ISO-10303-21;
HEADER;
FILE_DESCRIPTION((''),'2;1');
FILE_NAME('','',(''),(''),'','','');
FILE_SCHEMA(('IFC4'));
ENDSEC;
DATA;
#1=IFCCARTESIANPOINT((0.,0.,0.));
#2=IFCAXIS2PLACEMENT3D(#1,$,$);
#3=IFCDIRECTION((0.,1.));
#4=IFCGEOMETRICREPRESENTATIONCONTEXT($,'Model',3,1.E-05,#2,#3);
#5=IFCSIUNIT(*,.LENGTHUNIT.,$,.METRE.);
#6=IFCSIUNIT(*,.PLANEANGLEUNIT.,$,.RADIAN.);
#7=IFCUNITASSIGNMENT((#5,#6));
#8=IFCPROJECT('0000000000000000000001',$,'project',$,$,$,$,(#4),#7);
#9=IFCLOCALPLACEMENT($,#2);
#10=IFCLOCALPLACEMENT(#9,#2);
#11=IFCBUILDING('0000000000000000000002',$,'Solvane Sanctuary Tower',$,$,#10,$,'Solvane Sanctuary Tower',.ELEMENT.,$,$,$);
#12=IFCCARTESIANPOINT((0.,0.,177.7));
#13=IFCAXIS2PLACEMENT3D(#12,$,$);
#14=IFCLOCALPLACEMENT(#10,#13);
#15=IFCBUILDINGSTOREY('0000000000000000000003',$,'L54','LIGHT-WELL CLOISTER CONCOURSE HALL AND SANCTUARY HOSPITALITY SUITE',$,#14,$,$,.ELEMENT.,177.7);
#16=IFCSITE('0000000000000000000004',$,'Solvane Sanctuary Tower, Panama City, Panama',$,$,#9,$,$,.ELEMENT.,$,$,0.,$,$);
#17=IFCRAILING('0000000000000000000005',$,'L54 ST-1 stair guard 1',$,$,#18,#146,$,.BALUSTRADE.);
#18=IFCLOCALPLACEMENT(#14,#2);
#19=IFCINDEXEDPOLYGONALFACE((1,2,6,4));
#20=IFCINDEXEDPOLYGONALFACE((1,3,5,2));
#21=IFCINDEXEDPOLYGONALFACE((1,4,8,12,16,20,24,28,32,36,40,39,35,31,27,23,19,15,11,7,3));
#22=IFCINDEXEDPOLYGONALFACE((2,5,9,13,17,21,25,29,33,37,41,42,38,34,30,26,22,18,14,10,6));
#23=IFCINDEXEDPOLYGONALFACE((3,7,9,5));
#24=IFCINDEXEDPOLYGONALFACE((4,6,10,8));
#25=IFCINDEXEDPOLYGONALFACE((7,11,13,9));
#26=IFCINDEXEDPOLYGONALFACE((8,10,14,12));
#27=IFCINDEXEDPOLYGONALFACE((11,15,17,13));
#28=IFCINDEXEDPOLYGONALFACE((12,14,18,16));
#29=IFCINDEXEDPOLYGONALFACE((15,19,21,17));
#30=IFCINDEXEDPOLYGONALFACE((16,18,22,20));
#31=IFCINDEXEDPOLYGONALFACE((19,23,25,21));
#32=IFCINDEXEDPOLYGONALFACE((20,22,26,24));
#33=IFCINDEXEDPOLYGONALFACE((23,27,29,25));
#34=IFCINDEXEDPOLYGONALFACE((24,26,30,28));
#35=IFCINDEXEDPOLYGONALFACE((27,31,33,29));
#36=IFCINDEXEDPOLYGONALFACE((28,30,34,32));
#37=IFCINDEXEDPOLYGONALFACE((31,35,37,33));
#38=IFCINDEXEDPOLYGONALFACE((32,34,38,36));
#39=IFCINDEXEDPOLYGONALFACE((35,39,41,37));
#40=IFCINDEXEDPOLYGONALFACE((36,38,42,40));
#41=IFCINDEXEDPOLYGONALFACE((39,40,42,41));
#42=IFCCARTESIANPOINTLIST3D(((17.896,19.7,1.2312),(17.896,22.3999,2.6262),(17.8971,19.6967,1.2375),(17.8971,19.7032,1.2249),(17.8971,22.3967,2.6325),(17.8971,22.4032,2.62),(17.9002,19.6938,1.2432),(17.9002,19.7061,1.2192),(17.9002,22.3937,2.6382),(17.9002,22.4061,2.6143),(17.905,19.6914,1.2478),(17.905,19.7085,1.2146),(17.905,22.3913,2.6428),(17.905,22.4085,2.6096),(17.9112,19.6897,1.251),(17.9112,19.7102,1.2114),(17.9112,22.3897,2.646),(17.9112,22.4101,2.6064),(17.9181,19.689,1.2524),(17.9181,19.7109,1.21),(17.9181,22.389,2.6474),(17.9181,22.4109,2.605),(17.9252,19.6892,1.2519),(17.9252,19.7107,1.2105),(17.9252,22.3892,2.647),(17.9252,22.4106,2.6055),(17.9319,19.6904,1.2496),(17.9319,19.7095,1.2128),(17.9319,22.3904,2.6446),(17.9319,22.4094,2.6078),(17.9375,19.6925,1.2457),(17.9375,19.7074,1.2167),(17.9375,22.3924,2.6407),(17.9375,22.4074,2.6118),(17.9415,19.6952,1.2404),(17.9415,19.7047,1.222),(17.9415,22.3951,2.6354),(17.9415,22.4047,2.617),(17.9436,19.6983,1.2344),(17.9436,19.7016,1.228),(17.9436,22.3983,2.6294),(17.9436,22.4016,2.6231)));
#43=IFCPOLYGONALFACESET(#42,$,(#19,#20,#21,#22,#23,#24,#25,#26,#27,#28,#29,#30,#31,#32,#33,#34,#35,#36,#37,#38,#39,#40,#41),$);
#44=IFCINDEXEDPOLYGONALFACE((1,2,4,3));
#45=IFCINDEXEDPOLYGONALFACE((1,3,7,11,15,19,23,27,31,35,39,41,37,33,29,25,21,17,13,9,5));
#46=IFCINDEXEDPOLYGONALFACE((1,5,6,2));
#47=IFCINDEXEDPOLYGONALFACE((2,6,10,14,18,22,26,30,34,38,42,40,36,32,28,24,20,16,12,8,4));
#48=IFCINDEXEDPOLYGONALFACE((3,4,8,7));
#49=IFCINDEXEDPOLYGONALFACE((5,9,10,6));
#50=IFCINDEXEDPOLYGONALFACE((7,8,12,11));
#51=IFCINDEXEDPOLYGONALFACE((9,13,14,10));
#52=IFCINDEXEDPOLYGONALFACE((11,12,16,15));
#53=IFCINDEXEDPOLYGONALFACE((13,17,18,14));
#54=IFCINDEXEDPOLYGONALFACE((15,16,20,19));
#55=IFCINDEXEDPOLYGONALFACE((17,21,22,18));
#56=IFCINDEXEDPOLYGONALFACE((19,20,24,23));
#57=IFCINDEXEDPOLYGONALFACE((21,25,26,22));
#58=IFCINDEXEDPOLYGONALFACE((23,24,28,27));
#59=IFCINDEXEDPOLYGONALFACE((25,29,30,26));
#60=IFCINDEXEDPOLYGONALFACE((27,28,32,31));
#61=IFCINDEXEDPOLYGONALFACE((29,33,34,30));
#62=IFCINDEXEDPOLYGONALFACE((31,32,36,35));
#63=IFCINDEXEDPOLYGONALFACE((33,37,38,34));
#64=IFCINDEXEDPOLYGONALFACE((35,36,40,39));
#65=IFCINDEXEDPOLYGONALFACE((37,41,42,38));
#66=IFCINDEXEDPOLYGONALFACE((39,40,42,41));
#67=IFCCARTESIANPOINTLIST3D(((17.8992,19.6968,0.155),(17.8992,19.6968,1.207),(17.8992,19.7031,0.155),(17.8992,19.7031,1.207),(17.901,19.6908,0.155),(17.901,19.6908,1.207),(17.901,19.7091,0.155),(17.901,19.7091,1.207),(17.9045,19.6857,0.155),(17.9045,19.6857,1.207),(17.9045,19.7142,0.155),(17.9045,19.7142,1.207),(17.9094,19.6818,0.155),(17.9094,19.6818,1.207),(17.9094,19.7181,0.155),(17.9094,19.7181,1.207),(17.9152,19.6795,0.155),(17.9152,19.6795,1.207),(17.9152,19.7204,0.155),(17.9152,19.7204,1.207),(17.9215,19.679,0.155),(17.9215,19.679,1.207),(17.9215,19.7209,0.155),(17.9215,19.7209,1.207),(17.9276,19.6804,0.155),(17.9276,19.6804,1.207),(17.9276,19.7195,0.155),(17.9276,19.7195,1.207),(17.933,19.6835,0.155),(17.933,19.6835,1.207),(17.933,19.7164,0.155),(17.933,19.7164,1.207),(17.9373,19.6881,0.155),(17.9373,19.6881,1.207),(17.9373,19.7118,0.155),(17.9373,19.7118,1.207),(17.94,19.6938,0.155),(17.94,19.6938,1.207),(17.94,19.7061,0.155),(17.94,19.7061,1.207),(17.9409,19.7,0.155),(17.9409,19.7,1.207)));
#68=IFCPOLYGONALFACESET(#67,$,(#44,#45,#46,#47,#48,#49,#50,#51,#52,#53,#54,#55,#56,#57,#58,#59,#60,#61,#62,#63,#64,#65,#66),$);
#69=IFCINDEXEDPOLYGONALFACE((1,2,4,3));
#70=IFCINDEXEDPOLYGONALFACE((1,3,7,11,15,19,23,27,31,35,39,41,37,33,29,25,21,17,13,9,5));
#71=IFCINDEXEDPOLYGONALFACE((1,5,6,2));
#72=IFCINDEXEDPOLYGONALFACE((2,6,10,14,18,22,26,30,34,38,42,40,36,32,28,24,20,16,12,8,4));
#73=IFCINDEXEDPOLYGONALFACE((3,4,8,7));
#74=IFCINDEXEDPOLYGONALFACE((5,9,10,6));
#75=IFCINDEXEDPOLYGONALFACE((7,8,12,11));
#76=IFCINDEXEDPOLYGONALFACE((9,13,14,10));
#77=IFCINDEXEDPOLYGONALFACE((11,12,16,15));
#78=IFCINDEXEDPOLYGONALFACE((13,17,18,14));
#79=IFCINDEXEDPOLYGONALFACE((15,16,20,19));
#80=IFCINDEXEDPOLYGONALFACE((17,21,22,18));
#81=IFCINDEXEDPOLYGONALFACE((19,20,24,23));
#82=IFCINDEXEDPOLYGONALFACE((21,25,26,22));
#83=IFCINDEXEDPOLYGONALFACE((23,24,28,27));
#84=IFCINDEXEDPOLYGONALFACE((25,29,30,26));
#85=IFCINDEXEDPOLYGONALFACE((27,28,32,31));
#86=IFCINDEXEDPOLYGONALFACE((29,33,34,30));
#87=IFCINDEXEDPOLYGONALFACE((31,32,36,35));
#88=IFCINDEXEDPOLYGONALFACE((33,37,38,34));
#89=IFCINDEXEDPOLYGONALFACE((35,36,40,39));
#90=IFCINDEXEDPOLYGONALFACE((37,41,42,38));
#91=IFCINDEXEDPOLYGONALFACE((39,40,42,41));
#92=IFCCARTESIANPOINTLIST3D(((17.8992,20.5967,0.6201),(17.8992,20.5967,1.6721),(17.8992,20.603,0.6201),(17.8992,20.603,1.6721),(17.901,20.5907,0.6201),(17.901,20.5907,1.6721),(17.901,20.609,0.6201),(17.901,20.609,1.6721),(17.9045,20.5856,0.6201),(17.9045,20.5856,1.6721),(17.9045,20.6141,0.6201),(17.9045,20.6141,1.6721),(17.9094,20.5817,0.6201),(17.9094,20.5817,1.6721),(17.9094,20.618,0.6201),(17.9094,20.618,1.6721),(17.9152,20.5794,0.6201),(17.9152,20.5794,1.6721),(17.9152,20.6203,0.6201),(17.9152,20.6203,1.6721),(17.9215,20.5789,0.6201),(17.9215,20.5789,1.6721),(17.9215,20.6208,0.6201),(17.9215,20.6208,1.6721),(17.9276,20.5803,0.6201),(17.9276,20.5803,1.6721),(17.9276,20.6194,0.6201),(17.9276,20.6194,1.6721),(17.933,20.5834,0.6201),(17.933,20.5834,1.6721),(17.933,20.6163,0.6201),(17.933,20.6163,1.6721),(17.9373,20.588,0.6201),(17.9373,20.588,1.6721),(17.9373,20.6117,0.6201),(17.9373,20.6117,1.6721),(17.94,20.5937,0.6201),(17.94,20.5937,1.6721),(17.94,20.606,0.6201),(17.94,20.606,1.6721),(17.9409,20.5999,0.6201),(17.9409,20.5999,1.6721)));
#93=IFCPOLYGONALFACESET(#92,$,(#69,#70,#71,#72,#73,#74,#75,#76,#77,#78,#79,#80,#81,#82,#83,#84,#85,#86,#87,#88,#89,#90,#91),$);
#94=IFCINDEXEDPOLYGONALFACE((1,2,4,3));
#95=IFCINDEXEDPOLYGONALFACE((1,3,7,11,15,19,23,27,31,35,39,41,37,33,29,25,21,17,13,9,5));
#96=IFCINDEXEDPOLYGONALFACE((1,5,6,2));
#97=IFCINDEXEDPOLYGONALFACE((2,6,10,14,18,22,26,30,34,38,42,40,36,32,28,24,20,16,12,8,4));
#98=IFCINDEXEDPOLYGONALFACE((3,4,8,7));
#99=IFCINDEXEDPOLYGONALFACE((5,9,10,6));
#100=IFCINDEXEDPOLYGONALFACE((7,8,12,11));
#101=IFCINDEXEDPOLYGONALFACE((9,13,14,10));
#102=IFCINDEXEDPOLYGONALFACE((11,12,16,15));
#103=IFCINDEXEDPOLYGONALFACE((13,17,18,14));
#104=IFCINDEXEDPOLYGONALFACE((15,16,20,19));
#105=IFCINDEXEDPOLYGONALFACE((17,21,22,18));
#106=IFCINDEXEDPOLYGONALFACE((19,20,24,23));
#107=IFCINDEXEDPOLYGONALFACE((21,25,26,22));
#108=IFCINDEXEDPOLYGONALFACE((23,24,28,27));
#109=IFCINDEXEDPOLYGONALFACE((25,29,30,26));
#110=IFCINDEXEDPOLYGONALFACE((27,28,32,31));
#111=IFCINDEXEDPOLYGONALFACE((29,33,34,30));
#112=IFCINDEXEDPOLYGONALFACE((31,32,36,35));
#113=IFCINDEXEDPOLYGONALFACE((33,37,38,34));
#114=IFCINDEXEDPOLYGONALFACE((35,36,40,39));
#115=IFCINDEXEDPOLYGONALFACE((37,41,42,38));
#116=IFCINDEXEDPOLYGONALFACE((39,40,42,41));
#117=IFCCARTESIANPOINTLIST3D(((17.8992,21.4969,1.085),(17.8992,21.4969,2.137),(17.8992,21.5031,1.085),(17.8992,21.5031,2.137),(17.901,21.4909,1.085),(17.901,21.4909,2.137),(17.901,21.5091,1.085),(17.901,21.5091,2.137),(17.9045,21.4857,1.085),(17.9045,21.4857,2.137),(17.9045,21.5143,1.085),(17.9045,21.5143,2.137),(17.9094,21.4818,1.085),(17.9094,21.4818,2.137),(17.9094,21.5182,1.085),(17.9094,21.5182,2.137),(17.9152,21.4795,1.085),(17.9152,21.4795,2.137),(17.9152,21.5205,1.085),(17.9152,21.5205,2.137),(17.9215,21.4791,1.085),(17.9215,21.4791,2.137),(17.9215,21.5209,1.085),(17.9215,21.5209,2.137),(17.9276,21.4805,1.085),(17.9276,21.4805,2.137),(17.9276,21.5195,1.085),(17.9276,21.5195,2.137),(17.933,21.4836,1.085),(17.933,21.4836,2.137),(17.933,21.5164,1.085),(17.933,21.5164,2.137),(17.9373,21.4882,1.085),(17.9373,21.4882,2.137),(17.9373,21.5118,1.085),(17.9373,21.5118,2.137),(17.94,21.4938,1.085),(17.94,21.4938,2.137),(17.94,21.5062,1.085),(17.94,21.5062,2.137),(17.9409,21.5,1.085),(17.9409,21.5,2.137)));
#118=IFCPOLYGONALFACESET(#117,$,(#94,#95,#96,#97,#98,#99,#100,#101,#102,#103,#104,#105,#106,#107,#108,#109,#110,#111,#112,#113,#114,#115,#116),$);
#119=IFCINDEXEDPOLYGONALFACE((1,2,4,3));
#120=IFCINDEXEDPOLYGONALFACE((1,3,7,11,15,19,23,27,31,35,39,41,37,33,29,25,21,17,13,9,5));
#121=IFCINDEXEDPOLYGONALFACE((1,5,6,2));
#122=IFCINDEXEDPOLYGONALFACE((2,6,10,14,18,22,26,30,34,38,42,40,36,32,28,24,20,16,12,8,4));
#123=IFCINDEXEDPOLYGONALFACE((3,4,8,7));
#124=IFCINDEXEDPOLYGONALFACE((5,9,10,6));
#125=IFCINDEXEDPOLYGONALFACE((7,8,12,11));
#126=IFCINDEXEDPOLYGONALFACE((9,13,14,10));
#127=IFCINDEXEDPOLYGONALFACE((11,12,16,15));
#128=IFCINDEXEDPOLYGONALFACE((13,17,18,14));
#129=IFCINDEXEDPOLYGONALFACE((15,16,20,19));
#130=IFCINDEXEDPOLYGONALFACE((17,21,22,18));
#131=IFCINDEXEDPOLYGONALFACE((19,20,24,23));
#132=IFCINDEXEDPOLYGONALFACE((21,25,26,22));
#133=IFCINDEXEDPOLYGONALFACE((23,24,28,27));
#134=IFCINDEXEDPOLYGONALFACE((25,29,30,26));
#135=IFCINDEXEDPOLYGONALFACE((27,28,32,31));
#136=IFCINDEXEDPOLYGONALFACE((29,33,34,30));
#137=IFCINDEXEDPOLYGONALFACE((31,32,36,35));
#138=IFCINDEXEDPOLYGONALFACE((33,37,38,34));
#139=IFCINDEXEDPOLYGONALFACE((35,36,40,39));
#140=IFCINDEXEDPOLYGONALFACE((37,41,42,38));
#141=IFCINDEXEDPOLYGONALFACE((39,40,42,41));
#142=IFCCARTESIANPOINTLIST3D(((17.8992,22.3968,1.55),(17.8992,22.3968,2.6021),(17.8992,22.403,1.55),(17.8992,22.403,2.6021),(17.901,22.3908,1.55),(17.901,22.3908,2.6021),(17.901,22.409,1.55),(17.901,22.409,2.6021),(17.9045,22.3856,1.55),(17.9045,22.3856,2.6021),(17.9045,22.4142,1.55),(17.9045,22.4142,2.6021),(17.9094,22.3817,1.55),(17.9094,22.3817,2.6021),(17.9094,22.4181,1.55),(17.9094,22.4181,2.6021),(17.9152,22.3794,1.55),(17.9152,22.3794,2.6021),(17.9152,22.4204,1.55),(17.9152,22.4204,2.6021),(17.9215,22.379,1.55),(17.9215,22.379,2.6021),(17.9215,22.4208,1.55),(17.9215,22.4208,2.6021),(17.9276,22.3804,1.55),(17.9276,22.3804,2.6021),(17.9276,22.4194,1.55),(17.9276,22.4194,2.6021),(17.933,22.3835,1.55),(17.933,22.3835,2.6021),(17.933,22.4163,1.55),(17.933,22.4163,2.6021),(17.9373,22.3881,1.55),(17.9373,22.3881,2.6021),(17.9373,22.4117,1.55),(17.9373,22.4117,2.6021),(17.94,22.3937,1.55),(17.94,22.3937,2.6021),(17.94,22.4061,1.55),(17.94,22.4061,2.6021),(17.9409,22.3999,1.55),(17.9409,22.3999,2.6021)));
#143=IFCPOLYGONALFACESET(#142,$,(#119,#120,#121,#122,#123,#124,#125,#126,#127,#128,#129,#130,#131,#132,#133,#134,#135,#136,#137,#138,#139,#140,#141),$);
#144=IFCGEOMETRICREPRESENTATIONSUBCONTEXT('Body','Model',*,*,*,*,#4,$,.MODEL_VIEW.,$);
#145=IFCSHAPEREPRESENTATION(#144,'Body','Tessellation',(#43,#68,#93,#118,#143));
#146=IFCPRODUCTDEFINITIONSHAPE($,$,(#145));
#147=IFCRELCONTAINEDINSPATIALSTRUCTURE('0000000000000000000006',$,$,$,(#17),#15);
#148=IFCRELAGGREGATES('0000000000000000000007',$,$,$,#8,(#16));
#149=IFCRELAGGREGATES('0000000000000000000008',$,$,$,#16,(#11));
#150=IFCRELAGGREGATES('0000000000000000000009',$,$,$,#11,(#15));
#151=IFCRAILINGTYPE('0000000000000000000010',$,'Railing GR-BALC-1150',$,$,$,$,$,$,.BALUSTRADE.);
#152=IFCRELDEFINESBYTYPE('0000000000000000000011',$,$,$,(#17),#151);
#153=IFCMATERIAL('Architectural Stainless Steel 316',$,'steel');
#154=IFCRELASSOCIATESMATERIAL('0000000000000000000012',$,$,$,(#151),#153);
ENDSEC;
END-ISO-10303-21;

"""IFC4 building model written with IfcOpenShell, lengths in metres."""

from ifc_helpers import new_model, si_unit, direction, frame, origin, origin_2d, place, context, subcontext, project, spatial, circle, extrude, material, type_object, element, save


model = new_model("IFC4")

# Units and contexts
model_context = context("Model", 3, precision=1e-05, world=origin(), true_north=direction((0.0, 1.0)))
body_context = subcontext(model_context, "Body", "Model", "MODEL_VIEW")
ifc_project = project(units=[si_unit("LENGTHUNIT", "METRE"), si_unit("PLANEANGLEUNIT", "RADIAN")], contexts=[model_context])

# Site, building, storey
site_placement = place(None, origin())
site = spatial("IfcSite", under=ifc_project, at=site_placement, Name="Solvane Sanctuary Tower, Panama City, Panama", CompositionType="ELEMENT", RefElevation=0.0)
building_placement = place(site_placement, origin())
building = spatial("IfcBuilding", under=site, at=building_placement, Name="Solvane Sanctuary Tower", LongName="Solvane Sanctuary Tower", CompositionType="ELEMENT")
storey_placement = place(building_placement, frame((0.0, 0.0, 177.7)))
storey = spatial("IfcBuildingStorey", under=building, at=storey_placement, Name="L54", Description="LIGHT-WELL CLOISTER CONCOURSE HALL AND SANCTUARY HOSPITALITY SUITE", CompositionType="ELEMENT", Elevation=177.7)

# Shared definitions
ifc_material_1 = material(Name="Architectural Stainless Steel 316", Category="steel")

# Railing
railing_type_1 = type_object("IfcRailingType", Name="Railing GR-BALC-1150", PredefinedType="BALUSTRADE", material=ifc_material_1)
railing_1_placement = place(storey_placement, frame((17.9199, 19.7, 0.155)))
element("IfcRailing", 1, at=railing_1_placement, inside=storey, type_object=railing_type_1, Name="L54 ST-1 stair guard 1", PredefinedType="BALUSTRADE", context=body_context, shape_type="SweptSolid", body=[
    extrude(circle(Radius=0.0239, at=origin_2d()), frame((0.0, 0.0, 1.0762), z_axis=(0.0, 0.88842, 0.459032), x_axis=(-1.0, 0.0, 0.0)), (0.0, 0.0, 1.0), 3.0391),
    extrude(circle(Radius=0.021, at=origin_2d()), origin(), (0.0, 0.0, 1.0), 1.052),
    extrude(circle(Radius=0.021, at=origin_2d()), frame((0.0, 0.8999, 0.4651)), (0.0, 0.0, 1.0), 1.052),
    extrude(circle(Radius=0.021, at=origin_2d()), frame((0.0, 1.8, 0.9299)), (0.0, 0.0, 1.0), 1.052),
    extrude(circle(Radius=0.021, at=origin_2d()), frame((0.0, 2.7, 1.395)), (0.0, 0.0, 1.0), 1.052),
])

save(model, "model.ifc")
